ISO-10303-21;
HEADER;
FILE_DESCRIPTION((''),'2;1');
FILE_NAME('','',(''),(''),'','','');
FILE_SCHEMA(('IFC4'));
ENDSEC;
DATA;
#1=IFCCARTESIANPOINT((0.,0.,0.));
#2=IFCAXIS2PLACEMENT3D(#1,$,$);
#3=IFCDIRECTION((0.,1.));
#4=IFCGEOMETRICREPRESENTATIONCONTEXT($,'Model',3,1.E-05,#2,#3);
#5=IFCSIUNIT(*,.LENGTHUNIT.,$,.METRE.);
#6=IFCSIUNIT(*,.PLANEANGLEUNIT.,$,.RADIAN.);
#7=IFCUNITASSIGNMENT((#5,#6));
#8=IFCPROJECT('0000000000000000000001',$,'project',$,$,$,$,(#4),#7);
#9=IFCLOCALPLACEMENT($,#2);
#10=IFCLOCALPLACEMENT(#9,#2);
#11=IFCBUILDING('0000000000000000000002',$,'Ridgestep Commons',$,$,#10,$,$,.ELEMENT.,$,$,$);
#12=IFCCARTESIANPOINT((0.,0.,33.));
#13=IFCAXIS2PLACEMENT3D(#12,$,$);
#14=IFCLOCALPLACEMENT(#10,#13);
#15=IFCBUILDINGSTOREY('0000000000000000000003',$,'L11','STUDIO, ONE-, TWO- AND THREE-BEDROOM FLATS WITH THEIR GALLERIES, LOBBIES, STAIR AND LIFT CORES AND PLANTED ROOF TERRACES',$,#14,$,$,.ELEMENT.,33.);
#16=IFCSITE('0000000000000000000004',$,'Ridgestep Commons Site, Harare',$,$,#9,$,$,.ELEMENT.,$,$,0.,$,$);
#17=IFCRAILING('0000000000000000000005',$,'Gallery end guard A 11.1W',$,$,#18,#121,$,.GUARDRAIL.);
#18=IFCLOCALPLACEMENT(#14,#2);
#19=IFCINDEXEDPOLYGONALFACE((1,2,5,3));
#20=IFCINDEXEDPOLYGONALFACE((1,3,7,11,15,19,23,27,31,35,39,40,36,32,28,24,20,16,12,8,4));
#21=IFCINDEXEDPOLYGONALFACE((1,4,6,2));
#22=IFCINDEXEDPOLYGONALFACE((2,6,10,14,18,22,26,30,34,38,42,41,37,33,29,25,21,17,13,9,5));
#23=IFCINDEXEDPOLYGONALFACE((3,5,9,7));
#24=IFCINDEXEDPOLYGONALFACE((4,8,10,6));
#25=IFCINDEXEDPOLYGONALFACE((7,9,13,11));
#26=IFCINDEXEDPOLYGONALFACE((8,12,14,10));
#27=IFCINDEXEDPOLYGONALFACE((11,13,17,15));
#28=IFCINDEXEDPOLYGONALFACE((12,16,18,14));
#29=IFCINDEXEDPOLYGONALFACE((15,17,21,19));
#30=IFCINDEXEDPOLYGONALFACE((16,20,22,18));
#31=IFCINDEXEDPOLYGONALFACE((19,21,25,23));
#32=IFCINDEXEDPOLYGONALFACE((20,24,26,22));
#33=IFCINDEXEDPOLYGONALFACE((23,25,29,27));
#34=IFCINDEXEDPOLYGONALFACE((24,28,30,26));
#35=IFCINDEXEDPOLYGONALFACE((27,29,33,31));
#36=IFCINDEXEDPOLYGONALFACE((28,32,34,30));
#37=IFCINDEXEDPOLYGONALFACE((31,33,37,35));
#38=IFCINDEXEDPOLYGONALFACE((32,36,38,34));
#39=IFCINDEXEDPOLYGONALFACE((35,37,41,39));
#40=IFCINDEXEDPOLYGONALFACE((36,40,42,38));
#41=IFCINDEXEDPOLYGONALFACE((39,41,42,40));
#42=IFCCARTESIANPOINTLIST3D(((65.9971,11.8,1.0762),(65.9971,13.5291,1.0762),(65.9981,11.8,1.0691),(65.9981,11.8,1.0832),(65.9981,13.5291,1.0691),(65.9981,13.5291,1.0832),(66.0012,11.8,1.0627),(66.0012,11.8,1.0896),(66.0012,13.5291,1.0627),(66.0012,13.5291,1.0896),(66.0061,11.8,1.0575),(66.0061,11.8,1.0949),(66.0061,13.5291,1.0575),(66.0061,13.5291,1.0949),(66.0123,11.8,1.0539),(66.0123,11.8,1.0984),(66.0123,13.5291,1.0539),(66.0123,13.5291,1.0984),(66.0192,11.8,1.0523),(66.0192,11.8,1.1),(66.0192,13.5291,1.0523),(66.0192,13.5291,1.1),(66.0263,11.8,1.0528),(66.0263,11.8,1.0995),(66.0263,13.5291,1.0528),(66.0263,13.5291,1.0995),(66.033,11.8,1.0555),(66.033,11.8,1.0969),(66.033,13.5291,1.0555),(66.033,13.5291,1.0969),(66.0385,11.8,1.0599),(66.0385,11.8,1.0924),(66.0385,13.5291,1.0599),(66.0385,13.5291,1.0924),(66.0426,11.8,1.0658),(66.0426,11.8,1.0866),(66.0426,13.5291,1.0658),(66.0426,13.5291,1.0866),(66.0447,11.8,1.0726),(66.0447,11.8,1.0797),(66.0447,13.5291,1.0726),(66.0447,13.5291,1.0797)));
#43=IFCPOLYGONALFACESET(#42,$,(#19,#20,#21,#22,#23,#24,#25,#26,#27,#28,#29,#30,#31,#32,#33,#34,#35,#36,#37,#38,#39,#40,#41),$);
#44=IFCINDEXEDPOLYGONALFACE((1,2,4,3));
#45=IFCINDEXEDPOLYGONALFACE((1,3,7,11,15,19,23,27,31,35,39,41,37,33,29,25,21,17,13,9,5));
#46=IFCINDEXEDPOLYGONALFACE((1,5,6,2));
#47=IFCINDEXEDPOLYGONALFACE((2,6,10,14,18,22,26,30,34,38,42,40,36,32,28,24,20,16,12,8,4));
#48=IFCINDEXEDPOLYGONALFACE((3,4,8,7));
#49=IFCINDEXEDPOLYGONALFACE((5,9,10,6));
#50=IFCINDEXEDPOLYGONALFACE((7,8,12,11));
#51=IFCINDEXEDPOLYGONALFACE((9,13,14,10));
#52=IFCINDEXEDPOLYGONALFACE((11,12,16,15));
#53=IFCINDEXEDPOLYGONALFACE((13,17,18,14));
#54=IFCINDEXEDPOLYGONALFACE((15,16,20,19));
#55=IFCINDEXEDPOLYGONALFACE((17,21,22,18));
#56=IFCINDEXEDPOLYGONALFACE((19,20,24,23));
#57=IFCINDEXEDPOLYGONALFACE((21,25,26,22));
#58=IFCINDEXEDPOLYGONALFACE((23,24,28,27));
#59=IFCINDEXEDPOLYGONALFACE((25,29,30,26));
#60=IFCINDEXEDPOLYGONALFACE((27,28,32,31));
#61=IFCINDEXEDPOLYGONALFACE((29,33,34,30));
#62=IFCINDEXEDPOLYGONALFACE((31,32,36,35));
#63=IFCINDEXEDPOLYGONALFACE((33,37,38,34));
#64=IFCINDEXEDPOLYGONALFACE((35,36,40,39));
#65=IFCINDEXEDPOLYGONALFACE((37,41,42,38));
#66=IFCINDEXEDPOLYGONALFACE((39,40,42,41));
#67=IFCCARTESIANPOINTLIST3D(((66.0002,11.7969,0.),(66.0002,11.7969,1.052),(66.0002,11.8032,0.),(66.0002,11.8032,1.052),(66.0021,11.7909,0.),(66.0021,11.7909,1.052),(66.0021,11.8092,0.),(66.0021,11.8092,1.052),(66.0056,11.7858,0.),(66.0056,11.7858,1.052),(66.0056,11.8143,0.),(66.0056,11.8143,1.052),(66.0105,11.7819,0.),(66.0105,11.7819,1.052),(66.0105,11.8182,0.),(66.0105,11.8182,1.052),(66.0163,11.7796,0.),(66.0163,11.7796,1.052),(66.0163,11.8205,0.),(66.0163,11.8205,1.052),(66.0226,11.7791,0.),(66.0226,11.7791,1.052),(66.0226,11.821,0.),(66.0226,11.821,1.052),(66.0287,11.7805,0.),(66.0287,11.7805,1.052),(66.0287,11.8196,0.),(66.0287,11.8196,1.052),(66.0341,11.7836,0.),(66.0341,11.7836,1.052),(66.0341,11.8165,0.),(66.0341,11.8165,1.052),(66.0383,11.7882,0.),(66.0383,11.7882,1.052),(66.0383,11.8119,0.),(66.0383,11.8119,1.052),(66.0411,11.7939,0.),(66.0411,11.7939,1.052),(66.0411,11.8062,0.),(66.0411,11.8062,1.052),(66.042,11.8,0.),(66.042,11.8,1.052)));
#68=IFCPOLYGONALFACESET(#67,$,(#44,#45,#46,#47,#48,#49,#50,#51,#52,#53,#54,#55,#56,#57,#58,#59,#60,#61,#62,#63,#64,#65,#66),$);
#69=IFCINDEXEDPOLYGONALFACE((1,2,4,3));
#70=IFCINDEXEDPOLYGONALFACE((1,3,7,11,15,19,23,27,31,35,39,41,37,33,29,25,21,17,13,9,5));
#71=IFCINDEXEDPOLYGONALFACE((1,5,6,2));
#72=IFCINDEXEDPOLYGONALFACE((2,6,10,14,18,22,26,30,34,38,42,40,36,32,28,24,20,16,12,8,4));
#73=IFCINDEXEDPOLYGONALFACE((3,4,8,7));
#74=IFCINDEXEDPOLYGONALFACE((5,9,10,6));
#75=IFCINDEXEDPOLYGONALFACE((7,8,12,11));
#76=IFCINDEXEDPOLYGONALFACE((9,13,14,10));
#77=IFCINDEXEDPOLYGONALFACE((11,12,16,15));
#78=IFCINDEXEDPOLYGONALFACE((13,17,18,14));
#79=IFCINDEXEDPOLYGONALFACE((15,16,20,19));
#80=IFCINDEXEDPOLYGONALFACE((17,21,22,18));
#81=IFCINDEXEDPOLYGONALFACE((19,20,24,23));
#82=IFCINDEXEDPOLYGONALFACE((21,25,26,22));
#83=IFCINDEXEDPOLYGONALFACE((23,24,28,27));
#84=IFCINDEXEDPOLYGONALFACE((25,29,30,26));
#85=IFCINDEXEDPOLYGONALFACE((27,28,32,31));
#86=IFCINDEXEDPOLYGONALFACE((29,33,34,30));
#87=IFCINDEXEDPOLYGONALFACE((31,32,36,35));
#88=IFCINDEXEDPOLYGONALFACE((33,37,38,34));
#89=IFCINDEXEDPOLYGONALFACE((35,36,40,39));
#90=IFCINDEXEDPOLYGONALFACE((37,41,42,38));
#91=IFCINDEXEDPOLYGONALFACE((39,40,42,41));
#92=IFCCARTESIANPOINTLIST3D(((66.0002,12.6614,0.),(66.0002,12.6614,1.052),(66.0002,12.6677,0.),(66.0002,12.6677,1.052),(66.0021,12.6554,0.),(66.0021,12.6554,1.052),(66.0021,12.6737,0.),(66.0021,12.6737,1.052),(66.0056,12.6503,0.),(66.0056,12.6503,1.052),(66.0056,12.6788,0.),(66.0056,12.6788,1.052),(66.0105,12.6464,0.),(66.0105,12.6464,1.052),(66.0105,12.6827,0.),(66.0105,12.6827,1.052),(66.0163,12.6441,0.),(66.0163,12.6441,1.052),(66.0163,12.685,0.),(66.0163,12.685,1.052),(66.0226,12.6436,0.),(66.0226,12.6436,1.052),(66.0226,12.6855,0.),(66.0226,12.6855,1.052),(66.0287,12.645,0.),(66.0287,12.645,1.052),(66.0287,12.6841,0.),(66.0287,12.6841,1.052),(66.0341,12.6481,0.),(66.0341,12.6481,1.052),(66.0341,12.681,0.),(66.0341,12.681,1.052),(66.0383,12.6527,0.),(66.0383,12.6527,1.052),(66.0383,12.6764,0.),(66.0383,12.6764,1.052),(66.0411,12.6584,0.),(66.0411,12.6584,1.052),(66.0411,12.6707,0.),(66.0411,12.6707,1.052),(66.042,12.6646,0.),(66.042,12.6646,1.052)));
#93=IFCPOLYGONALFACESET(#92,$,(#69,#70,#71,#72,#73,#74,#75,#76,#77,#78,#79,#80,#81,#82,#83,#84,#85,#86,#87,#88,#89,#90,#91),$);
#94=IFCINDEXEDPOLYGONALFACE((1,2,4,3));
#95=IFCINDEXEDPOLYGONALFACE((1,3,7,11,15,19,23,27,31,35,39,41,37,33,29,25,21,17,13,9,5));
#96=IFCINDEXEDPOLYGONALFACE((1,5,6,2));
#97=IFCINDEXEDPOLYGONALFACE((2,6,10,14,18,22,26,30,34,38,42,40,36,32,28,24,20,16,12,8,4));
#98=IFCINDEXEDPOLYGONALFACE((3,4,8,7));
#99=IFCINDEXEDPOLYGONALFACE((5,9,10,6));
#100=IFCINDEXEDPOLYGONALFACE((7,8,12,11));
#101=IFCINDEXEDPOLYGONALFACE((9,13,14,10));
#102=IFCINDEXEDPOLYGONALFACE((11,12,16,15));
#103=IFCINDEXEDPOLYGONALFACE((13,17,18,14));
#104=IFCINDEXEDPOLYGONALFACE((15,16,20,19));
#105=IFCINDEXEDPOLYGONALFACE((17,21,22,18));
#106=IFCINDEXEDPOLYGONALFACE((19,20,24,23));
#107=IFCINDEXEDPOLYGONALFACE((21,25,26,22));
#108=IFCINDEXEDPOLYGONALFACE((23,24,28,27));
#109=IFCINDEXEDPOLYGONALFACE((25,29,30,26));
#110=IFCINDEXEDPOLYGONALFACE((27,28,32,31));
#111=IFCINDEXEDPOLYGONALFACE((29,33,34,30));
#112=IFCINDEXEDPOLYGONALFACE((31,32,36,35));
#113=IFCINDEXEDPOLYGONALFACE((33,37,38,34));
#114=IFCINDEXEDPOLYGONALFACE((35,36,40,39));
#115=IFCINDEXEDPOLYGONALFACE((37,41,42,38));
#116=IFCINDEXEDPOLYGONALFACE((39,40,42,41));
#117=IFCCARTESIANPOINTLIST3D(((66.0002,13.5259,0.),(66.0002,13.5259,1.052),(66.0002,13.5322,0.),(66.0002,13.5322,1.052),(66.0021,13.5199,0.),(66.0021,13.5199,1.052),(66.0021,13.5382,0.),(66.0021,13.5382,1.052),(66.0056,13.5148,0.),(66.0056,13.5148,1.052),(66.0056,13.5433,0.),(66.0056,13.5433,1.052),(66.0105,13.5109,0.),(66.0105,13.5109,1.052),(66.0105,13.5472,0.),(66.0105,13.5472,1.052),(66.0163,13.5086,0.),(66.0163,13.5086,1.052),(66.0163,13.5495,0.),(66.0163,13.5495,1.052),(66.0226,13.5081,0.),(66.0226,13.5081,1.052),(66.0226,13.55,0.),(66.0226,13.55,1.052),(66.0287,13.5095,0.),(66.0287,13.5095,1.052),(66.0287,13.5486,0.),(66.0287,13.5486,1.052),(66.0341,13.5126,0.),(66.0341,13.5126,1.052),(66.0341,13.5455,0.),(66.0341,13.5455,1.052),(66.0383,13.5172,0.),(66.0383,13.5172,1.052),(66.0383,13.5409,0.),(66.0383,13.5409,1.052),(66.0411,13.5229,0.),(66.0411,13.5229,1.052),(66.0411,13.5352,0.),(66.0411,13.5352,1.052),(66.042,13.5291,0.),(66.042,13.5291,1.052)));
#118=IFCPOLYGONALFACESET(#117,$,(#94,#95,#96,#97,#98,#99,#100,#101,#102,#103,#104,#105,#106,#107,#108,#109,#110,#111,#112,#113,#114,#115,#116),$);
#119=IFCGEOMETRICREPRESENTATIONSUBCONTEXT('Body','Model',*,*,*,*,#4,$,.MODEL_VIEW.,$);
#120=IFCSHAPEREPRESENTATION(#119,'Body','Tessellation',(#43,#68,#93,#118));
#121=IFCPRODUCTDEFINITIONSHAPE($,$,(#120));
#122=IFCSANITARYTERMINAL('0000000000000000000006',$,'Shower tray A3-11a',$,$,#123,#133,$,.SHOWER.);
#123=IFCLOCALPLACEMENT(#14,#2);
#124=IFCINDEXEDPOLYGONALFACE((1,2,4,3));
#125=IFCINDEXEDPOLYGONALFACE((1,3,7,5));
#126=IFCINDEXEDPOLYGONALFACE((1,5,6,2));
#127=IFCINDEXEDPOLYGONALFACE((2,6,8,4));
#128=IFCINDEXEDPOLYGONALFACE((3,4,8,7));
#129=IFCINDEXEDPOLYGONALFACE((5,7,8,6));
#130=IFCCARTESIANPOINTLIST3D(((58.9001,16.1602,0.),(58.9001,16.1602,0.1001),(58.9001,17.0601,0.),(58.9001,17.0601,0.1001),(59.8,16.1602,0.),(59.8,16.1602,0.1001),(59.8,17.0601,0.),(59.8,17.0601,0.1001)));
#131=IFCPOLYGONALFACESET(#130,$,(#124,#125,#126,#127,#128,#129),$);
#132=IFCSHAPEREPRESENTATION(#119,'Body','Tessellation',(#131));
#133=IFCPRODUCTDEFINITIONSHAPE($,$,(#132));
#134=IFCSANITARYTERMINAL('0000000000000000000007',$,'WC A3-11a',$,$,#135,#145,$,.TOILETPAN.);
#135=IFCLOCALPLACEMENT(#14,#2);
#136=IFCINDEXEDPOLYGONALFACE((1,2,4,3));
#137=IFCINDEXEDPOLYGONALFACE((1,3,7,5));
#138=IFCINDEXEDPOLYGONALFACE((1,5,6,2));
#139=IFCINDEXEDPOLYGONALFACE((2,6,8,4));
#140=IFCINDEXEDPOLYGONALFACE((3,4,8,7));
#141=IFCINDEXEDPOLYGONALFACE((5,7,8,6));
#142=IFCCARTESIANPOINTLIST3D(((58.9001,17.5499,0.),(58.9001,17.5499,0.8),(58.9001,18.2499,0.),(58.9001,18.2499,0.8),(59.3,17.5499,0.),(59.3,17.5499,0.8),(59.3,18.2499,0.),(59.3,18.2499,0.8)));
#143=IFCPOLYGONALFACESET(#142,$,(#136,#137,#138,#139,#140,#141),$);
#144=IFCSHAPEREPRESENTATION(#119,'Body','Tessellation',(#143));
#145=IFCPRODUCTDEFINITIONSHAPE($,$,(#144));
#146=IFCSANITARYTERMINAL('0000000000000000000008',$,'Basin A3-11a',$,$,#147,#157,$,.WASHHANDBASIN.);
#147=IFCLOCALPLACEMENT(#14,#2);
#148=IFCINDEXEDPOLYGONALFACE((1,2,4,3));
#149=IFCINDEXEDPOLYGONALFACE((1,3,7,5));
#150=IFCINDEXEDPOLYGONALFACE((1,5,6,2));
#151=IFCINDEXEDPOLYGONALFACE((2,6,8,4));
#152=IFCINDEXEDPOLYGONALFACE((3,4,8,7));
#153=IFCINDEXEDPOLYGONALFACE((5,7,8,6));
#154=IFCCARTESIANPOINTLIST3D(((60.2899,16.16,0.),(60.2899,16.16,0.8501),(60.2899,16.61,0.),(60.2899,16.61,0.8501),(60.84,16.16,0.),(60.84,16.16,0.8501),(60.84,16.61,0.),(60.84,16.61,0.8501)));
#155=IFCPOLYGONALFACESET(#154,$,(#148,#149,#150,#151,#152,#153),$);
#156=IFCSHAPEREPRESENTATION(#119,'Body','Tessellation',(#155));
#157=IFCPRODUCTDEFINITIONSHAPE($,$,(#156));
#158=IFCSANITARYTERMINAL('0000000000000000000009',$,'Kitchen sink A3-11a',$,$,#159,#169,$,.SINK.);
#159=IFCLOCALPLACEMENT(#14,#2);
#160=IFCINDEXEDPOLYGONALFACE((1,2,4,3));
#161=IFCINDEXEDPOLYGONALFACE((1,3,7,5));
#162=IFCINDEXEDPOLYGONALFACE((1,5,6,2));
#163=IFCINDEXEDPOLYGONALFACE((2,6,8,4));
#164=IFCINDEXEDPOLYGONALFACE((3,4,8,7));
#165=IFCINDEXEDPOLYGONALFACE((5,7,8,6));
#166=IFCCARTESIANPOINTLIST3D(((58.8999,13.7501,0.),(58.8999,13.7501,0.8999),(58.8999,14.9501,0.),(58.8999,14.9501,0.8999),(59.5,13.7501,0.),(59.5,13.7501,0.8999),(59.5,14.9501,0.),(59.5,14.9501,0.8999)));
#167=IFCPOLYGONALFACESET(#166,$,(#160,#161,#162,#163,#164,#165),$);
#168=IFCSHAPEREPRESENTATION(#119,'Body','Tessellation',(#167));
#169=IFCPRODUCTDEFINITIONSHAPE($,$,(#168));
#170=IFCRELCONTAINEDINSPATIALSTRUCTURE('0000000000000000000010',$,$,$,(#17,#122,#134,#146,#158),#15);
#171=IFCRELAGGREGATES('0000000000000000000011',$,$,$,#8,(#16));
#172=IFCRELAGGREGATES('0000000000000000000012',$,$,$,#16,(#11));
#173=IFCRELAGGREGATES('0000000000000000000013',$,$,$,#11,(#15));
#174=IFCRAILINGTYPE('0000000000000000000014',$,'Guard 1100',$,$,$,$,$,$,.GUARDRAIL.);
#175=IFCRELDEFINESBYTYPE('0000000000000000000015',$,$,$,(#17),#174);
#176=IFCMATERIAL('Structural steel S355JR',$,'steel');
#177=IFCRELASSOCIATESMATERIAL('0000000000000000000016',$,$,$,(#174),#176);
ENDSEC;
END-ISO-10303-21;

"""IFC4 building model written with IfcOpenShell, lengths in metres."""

from ifc_helpers import new_model, si_unit, direction, frame, origin, origin_2d, place, context, subcontext, project, spatial, rectangle, circle, extrude, material, type_object, element, save


model = new_model("IFC4")

# Units and contexts
model_context = context("Model", 3, precision=1e-05, world=origin(), true_north=direction((0.0, 1.0)))
body_context = subcontext(model_context, "Body", "Model", "MODEL_VIEW")
ifc_project = project(units=[si_unit("LENGTHUNIT", "METRE"), si_unit("PLANEANGLEUNIT", "RADIAN")], contexts=[model_context])

# Site, building, storey
site_placement = place(None, origin())
site = spatial("IfcSite", under=ifc_project, at=site_placement, Name="Ridgestep Commons Site, Harare", CompositionType="ELEMENT", RefElevation=0.0)
building_placement = place(site_placement, origin())
building = spatial("IfcBuilding", under=site, at=building_placement, Name="Ridgestep Commons", CompositionType="ELEMENT")
storey_placement = place(building_placement, frame((0.0, 0.0, 33.0)))
storey = spatial("IfcBuildingStorey", under=building, at=storey_placement, Name="L11", Description="STUDIO, ONE-, TWO- AND THREE-BEDROOM FLATS WITH THEIR GALLERIES, LOBBIES, STAIR AND LIFT CORES AND PLANTED ROOF TERRACES", CompositionType="ELEMENT", Elevation=33.0)

# Railing
ifc_material_1 = material(Name="Structural steel S355JR", Category="steel")
railing_type = type_object("IfcRailingType", Name="Guard 1100", PredefinedType="GUARDRAIL", material=ifc_material_1)
railing_1_placement = place(storey_placement, frame((66.021, 11.8, 0.0)))
element("IfcRailing", 1, at=railing_1_placement, inside=storey, type_object=railing_type, Name="Gallery end guard A 11.1W", PredefinedType="GUARDRAIL", context=body_context, shape_type="SweptSolid", body=[
    extrude(circle(Radius=0.0239, at=origin_2d()), frame((0.0, 0.0, 1.0762), z_axis=(0.0, 1.0, 0.0), x_axis=(-1.0, 0.0, 0.0)), (0.0, 0.0, 1.0), 1.729),
    extrude(circle(Radius=0.021, at=origin_2d()), origin(), (0.0, 0.0, 1.0), 1.052),
    extrude(circle(Radius=0.021, at=origin_2d()), frame((0.0, 0.8645, 0.0)), (0.0, 0.0, 1.0), 1.052),
    extrude(circle(Radius=0.021, at=origin_2d()), frame((0.0, 1.729, 0.0)), (0.0, 0.0, 1.0), 1.052),
])

# Sanitary terminals
sanitary_terminal_1_placement = place(storey_placement, frame((59.3501, 16.6101, 0.0), z_axis=(0.0, 0.0, 1.0), x_axis=(1.0, 0.0, 0.0)))
element("IfcSanitaryTerminal", 2, at=sanitary_terminal_1_placement, inside=storey, Name="Shower tray A3-11a", PredefinedType="SHOWER", context=body_context, shape_type="SweptSolid", body=[
    extrude(rectangle(XDim=0.8999, YDim=0.8999, at=origin_2d()), origin(), (0.0, 0.0, 1.0), 0.1001),
])
sanitary_terminal_2_placement = place(storey_placement, frame((59.1001, 17.8999, 0.0), z_axis=(0.0, 0.0, 1.0), x_axis=(1.0, 0.0, 0.0)))
element("IfcSanitaryTerminal", 3, at=sanitary_terminal_2_placement, inside=storey, Name="WC A3-11a", PredefinedType="TOILETPAN", context=body_context, shape_type="SweptSolid", body=[
    extrude(rectangle(XDim=0.3999, YDim=0.7, at=origin_2d()), origin(), (0.0, 0.0, 1.0), 0.8),
])
sanitary_terminal_3_placement = place(storey_placement, frame((60.5649, 16.385, 0.0), z_axis=(0.0, 0.0, 1.0), x_axis=(1.0, 0.0, 0.0)))
element("IfcSanitaryTerminal", 4, at=sanitary_terminal_3_placement, inside=storey, Name="Basin A3-11a", PredefinedType="WASHHANDBASIN", context=body_context, shape_type="SweptSolid", body=[
    extrude(rectangle(XDim=0.55, YDim=0.45, at=origin_2d()), origin(), (0.0, 0.0, 1.0), 0.8501),
])
sanitary_terminal_4_placement = place(storey_placement, frame((59.2, 14.3501, 0.0), z_axis=(0.0, 0.0, 1.0), x_axis=(1.0, 0.0, 0.0)))
element("IfcSanitaryTerminal", 5, at=sanitary_terminal_4_placement, inside=storey, Name="Kitchen sink A3-11a", PredefinedType="SINK", context=body_context, shape_type="SweptSolid", body=[
    extrude(rectangle(XDim=0.6001, YDim=1.2, at=origin_2d()), origin(), (0.0, 0.0, 1.0), 0.8999),
])

save(model, "model.ifc")
